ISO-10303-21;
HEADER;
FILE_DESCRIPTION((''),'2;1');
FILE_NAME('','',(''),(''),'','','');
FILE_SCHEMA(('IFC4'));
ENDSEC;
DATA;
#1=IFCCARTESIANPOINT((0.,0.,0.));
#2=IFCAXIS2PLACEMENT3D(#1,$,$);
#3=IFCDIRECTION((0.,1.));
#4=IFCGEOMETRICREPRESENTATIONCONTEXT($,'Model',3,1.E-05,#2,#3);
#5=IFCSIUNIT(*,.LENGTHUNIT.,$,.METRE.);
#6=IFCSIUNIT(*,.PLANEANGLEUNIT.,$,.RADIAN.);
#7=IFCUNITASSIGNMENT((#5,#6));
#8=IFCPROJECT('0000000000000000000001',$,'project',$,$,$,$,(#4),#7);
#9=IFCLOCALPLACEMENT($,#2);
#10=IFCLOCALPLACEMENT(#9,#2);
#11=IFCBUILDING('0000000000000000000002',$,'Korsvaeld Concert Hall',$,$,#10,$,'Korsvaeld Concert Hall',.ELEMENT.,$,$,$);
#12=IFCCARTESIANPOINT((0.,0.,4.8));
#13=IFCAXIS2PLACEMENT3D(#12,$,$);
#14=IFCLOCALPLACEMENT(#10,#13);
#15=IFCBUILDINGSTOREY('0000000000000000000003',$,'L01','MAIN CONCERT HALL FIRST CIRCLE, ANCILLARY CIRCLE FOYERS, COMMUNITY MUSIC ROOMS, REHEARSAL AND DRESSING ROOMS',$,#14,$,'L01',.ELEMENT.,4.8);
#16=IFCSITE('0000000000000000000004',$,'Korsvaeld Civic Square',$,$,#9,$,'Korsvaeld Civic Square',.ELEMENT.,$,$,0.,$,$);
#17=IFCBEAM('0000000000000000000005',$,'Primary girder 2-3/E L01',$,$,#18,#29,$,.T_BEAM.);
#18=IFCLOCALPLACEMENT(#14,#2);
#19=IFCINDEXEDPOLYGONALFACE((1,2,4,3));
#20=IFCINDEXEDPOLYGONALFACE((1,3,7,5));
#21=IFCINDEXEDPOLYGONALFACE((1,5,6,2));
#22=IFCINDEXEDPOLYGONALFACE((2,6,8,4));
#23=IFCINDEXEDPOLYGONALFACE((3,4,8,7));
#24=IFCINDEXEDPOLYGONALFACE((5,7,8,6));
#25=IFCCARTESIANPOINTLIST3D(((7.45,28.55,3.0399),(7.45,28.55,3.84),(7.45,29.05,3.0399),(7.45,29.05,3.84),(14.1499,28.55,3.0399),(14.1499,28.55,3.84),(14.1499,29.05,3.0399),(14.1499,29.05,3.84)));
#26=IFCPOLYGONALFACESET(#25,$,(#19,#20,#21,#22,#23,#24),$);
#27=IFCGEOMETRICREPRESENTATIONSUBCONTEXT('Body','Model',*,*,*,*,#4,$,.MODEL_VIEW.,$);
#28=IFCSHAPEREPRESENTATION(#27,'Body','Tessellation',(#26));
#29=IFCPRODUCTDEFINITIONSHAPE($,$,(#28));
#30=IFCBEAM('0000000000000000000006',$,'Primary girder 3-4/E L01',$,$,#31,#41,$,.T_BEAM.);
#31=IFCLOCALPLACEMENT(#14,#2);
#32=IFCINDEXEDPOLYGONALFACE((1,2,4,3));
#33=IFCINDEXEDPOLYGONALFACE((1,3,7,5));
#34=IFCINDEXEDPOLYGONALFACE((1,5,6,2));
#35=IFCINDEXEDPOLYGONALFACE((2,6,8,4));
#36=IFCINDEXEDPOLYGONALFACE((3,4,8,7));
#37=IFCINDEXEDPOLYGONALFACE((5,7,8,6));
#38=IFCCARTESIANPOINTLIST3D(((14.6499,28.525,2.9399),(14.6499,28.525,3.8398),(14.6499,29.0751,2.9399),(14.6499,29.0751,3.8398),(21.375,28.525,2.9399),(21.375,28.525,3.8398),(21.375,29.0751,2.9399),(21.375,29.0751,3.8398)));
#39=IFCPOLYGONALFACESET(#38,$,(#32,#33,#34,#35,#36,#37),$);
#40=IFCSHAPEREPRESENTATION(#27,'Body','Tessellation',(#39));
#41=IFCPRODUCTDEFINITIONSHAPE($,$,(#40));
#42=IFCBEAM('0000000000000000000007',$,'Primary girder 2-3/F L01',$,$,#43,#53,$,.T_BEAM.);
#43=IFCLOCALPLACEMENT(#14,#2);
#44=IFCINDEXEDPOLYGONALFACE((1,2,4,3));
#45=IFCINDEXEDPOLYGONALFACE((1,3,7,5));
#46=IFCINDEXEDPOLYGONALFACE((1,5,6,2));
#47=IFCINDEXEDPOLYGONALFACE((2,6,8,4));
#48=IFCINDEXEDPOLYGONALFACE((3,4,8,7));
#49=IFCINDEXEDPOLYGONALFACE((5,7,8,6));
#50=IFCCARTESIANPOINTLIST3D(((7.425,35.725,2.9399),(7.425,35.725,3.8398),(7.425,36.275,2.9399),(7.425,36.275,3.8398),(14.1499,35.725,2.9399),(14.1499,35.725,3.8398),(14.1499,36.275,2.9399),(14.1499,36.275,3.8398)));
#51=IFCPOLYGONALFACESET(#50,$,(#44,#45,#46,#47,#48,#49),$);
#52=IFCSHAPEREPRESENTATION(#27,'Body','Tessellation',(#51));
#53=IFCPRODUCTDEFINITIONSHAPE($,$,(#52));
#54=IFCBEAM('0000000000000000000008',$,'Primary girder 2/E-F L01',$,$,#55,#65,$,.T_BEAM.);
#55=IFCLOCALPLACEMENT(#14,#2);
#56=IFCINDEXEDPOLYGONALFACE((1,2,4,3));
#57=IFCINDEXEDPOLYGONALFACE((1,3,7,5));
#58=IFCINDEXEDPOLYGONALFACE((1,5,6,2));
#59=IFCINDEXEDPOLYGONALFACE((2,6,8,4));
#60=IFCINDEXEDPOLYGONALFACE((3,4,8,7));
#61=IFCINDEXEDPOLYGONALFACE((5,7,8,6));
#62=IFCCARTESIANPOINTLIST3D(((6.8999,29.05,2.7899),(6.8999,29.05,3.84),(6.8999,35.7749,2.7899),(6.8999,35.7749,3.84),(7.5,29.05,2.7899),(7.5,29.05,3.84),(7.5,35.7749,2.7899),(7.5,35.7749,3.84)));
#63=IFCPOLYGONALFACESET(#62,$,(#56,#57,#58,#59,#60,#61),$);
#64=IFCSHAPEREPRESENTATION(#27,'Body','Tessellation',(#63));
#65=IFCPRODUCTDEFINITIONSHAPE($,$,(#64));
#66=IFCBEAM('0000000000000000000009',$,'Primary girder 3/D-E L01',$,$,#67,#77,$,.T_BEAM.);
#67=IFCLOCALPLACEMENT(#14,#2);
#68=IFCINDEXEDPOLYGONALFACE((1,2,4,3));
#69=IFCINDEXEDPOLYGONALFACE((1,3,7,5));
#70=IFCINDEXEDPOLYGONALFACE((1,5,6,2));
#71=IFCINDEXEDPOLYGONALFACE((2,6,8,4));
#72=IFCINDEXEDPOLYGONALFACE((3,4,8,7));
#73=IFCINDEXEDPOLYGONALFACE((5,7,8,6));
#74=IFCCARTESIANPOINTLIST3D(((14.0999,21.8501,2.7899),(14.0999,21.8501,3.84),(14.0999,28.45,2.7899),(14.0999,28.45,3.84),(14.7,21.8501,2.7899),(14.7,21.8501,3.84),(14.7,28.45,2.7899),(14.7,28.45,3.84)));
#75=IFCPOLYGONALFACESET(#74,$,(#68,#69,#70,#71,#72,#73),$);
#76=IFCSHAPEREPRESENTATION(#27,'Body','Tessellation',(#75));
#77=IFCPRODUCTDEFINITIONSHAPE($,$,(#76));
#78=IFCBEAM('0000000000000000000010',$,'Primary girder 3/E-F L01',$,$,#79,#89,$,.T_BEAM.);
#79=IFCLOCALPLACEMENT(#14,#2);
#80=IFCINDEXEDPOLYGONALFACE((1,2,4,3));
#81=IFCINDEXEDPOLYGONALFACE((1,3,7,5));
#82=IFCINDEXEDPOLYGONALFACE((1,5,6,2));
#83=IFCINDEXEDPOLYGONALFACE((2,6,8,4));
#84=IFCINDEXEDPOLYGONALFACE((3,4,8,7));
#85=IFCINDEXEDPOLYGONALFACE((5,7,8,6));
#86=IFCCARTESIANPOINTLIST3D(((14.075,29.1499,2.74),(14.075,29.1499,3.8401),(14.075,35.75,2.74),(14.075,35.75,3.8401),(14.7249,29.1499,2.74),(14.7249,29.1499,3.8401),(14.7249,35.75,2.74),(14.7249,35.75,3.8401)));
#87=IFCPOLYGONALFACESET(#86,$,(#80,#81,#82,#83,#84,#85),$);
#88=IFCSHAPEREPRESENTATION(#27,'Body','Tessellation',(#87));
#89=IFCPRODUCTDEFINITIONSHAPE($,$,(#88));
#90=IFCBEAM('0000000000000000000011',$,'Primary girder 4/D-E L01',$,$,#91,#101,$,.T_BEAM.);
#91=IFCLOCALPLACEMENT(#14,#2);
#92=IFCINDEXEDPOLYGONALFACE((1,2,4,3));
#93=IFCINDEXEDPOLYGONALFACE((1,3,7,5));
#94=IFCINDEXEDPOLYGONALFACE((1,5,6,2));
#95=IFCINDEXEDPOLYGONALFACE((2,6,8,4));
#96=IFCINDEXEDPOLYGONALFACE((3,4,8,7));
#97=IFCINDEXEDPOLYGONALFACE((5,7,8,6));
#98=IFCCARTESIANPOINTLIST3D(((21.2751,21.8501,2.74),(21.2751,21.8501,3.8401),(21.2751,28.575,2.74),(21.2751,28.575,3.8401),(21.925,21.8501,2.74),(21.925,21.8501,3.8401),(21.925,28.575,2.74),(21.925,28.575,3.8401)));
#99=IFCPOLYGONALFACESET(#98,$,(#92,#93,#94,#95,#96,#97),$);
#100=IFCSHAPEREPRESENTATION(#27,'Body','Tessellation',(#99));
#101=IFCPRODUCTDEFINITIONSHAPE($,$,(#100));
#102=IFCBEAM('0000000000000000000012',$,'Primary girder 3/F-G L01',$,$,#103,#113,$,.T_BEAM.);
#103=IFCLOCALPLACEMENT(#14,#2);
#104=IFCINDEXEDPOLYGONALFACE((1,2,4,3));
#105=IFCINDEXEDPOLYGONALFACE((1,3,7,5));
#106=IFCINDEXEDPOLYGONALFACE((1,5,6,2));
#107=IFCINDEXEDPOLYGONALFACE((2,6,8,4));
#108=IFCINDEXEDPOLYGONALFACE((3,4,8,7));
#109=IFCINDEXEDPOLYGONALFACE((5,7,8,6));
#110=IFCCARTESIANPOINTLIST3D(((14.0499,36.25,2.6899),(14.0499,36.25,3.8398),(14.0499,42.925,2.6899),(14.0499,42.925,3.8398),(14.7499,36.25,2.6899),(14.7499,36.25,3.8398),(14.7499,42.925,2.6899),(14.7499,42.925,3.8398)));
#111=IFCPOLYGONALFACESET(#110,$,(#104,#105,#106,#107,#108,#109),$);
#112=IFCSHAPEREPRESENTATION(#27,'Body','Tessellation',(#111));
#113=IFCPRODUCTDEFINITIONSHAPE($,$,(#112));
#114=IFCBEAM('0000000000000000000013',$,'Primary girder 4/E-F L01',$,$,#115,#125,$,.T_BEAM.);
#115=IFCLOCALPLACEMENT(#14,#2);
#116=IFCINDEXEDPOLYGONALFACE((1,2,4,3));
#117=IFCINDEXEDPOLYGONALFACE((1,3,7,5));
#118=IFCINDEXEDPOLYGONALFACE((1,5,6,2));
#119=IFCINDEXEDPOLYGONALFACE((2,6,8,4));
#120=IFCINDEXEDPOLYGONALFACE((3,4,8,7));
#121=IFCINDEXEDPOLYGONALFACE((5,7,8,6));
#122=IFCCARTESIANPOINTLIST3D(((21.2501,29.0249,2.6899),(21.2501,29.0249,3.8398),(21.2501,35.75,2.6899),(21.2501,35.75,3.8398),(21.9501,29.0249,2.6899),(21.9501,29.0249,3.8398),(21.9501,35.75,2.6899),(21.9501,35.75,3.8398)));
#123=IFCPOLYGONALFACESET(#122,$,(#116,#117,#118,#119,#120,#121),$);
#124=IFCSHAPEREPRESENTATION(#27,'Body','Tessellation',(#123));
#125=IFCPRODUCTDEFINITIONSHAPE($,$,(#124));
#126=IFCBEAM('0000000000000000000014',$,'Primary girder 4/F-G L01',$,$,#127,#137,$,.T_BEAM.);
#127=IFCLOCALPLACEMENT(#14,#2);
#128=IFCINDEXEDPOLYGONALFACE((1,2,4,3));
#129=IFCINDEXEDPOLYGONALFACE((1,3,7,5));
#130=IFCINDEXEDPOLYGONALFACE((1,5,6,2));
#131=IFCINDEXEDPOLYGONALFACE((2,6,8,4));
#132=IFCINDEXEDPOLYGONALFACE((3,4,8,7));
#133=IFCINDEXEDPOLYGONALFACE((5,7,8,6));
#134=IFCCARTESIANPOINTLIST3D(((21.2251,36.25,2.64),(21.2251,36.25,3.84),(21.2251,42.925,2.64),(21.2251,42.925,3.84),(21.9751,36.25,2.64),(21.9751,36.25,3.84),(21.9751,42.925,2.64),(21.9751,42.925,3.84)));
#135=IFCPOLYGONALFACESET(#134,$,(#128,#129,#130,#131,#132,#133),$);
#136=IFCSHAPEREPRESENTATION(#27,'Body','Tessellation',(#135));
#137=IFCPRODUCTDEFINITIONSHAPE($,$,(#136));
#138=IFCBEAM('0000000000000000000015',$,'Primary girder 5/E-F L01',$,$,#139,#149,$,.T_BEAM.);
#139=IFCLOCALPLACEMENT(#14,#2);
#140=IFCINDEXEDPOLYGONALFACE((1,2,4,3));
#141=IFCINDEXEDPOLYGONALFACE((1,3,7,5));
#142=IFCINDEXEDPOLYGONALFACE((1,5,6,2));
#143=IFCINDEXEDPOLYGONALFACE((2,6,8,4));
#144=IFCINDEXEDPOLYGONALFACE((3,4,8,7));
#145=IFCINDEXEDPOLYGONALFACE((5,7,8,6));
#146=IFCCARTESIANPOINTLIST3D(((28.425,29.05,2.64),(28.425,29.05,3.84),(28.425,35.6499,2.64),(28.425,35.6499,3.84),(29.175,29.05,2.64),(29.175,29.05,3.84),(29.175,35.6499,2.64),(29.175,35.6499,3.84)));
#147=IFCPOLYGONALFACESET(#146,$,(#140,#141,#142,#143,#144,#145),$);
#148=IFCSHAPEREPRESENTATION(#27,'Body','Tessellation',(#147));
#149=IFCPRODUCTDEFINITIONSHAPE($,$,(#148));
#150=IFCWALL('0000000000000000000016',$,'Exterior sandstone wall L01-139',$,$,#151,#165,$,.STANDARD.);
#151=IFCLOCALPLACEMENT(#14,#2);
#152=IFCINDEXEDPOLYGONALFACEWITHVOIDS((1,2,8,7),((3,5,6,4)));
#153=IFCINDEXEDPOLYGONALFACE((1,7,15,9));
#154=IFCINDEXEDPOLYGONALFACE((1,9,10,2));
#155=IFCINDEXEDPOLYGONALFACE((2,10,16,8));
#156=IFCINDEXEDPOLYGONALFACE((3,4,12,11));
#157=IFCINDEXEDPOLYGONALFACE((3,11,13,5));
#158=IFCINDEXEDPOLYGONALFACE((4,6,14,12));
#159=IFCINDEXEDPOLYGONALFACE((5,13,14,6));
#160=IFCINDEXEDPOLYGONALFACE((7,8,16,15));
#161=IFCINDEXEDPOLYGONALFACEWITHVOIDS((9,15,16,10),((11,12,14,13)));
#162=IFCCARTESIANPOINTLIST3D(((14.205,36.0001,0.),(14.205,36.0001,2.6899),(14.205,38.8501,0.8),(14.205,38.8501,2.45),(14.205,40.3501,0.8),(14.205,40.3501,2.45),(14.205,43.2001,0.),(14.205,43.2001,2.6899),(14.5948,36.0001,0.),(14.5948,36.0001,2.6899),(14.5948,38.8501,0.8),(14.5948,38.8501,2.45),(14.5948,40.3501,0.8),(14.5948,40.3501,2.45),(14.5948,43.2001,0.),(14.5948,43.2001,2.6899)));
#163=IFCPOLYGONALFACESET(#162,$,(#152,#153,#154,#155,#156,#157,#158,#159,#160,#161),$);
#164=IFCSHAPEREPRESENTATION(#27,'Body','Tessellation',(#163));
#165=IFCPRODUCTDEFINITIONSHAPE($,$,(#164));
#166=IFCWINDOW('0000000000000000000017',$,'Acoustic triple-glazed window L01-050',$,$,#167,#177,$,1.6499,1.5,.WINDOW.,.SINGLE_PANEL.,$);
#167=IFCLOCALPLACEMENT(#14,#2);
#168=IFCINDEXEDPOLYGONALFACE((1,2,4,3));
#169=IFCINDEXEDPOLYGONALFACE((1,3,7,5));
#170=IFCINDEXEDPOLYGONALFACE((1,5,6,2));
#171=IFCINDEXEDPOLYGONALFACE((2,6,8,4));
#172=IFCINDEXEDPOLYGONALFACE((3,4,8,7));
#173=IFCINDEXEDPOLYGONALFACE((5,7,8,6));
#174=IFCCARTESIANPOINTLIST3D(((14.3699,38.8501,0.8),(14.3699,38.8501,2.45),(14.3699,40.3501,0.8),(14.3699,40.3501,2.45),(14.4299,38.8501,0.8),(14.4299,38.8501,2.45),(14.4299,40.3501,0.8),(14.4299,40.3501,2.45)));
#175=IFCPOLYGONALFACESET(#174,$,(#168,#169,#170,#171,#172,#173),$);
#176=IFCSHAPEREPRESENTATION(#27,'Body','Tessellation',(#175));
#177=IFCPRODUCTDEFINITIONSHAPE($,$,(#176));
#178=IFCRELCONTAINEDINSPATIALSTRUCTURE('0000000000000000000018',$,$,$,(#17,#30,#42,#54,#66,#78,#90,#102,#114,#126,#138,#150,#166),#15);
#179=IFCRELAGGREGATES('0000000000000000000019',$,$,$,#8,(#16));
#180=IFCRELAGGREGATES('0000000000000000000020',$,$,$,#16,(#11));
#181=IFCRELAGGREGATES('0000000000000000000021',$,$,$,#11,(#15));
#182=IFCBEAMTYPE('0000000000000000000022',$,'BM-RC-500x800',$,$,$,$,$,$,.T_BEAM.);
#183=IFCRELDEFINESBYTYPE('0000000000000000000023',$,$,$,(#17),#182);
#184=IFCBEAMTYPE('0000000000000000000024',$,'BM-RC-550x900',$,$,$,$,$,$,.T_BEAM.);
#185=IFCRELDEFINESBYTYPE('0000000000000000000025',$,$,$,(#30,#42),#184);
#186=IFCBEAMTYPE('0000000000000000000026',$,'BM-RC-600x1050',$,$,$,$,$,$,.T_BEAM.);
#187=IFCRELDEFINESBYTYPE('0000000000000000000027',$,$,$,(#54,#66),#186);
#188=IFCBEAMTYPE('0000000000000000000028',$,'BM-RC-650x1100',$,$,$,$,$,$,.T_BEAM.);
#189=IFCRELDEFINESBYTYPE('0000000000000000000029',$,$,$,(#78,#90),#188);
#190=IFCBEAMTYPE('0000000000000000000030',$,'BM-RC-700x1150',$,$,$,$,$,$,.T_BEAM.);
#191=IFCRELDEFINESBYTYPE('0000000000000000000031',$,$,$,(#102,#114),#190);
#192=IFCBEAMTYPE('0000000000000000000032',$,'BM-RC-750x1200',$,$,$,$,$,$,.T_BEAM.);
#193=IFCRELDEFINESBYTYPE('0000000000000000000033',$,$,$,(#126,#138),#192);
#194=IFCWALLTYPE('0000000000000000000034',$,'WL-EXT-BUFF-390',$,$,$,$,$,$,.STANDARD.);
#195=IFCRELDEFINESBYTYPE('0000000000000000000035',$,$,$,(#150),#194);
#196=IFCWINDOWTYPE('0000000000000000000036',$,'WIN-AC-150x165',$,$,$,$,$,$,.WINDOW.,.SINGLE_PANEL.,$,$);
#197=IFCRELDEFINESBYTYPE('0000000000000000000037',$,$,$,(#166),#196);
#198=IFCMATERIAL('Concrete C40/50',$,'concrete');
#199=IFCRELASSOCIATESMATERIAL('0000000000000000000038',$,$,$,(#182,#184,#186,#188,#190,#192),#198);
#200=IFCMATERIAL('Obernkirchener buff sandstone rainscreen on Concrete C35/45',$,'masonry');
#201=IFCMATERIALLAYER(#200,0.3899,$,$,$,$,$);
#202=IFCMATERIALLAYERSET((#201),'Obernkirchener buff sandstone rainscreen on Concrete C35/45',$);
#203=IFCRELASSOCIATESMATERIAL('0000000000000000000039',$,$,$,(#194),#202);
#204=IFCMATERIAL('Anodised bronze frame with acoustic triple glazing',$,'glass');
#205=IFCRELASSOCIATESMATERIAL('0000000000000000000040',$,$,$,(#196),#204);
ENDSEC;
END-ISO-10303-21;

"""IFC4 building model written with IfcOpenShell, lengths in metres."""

from ifc_helpers import new_model, si_unit, direction, frame, frame_2d, origin, origin_2d, place, context, subcontext, project, spatial, rectangle, extrude, material, layer, layer_set, material_profile, profile_set, type_object, element, fill, save


model = new_model("IFC4")

# Units and contexts
model_context = context("Model", 3, precision=1e-05, world=origin(), true_north=direction((0.0, 1.0)))
body_context = subcontext(model_context, "Body", "Model", "MODEL_VIEW")
ifc_project = project(units=[si_unit("LENGTHUNIT", "METRE"), si_unit("PLANEANGLEUNIT", "RADIAN")], contexts=[model_context])

# Site, building, storey
site_placement = place(None, origin())
site = spatial("IfcSite", under=ifc_project, at=site_placement, Name="Korsvaeld Civic Square", LongName="Korsvaeld Civic Square", CompositionType="ELEMENT", RefElevation=0.0)
building_placement = place(site_placement, origin())
building = spatial("IfcBuilding", under=site, at=building_placement, Name="Korsvaeld Concert Hall", LongName="Korsvaeld Concert Hall", CompositionType="ELEMENT")
storey_placement = place(building_placement, frame((0.0, 0.0, 4.8)))
storey = spatial("IfcBuildingStorey", under=building, at=storey_placement, Name="L01", Description="MAIN CONCERT HALL FIRST CIRCLE, ANCILLARY CIRCLE FOYERS, COMMUNITY MUSIC ROOMS, REHEARSAL AND DRESSING ROOMS", LongName="L01", CompositionType="ELEMENT", Elevation=4.8)

# Shared definitions
ifc_material_1 = material(Name="Concrete C40/50", Category="concrete")

# Beams
ifc_material_profile_1 = material_profile(ifc_material_1, rectangle(XDim=0.5, YDim=0.8, at=origin_2d()), Name="RC 500x800")
ifc_profile_set_1 = profile_set([ifc_material_profile_1], Name="Concrete C40/50")
beam_type_1 = type_object("IfcBeamType", Name="BM-RC-500x800", PredefinedType="T_BEAM", material=ifc_profile_set_1)
beam_1_placement = place(storey_placement, frame((7.45, 28.8, 3.4399), z_axis=(1.0, 0.0, 0.0), x_axis=(0.0, 1.0, 0.0)))
element("IfcBeam", 1, at=beam_1_placement, inside=storey, type_object=beam_type_1, Name="Primary girder 2-3/E L01", PredefinedType="T_BEAM", context=body_context, shape_type="SweptSolid", body=[
    extrude(rectangle(XDim=0.5, YDim=0.8, at=origin_2d()), origin(), (0.0, 0.0, 1.0), 6.7),
])
ifc_material_profile_2 = material_profile(ifc_material_1, rectangle(XDim=0.55, YDim=0.8999, at=origin_2d()), Name="RC 550x900")
ifc_profile_set_2 = profile_set([ifc_material_profile_2], Name="Concrete C40/50")
beam_type_2 = type_object("IfcBeamType", Name="BM-RC-550x900", PredefinedType="T_BEAM", material=ifc_profile_set_2)
beam_2_placement = place(storey_placement, frame((14.6499, 28.8, 3.3899), z_axis=(1.0, 0.0, 0.0), x_axis=(0.0, 1.0, 0.0)))
element("IfcBeam", 2, at=beam_2_placement, inside=storey, type_object=beam_type_2, Name="Primary girder 3-4/E L01", PredefinedType="T_BEAM", context=body_context, shape_type="SweptSolid", body=[
    extrude(rectangle(XDim=0.55, YDim=0.8999, at=origin_2d()), origin(), (0.0, 0.0, 1.0), 6.7251),
])
beam_3_placement = place(storey_placement, frame((7.425, 36.0, 3.3899), z_axis=(1.0, 0.0, 0.0), x_axis=(0.0, 1.0, 0.0)))
element("IfcBeam", 3, at=beam_3_placement, inside=storey, type_object=beam_type_2, Name="Primary girder 2-3/F L01", PredefinedType="T_BEAM", context=body_context, shape_type="SweptSolid", body=[
    extrude(rectangle(XDim=0.55, YDim=0.8999, at=origin_2d()), origin(), (0.0, 0.0, 1.0), 6.7249),
])
ifc_material_profile_3 = material_profile(ifc_material_1, rectangle(XDim=0.6001, YDim=1.05, at=origin_2d()), Name="RC 600x1050")
ifc_profile_set_3 = profile_set([ifc_material_profile_3], Name="Concrete C40/50")
beam_type_3 = type_object("IfcBeamType", Name="BM-RC-600x1050", PredefinedType="T_BEAM", material=ifc_profile_set_3)
beam_4_placement = place(storey_placement, frame((7.2, 29.05, 3.3149), z_axis=(0.0, 1.0, 0.0), x_axis=(-1.0, 0.0, 0.0)))
element("IfcBeam", 4, at=beam_4_placement, inside=storey, type_object=beam_type_3, Name="Primary girder 2/E-F L01", PredefinedType="T_BEAM", context=body_context, shape_type="SweptSolid", body=[
    extrude(rectangle(XDim=0.6001, YDim=1.05, at=origin_2d()), origin(), (0.0, 0.0, 1.0), 6.7249),
])
beam_5_placement = place(storey_placement, frame((14.3999, 21.8501, 3.3149), z_axis=(0.0, 1.0, 0.0), x_axis=(-1.0, 0.0, 0.0)))
element("IfcBeam", 5, at=beam_5_placement, inside=storey, type_object=beam_type_3, Name="Primary girder 3/D-E L01", PredefinedType="T_BEAM", context=body_context, shape_type="SweptSolid", body=[
    extrude(rectangle(XDim=0.6001, YDim=1.05, at=origin_2d()), origin(), (0.0, 0.0, 1.0), 6.5999),
])
ifc_material_profile_4 = material_profile(ifc_material_1, rectangle(XDim=0.6499, YDim=1.1001, at=origin_2d()), Name="RC 650x1100")
ifc_profile_set_4 = profile_set([ifc_material_profile_4], Name="Concrete C40/50")
beam_type_4 = type_object("IfcBeamType", Name="BM-RC-650x1100", PredefinedType="T_BEAM", material=ifc_profile_set_4)
beam_6_placement = place(storey_placement, frame((14.3999, 29.1499, 3.29), z_axis=(0.0, 1.0, 0.0), x_axis=(-1.0, 0.0, 0.0)))
element("IfcBeam", 6, at=beam_6_placement, inside=storey, type_object=beam_type_4, Name="Primary girder 3/E-F L01", PredefinedType="T_BEAM", context=body_context, shape_type="SweptSolid", body=[
    extrude(rectangle(XDim=0.6499, YDim=1.1001, at=origin_2d()), origin(), (0.0, 0.0, 1.0), 6.6001),
])
beam_7_placement = place(storey_placement, frame((21.6001, 21.8501, 3.29), z_axis=(0.0, 1.0, 0.0), x_axis=(-1.0, 0.0, 0.0)))
element("IfcBeam", 7, at=beam_7_placement, inside=storey, type_object=beam_type_4, Name="Primary girder 4/D-E L01", PredefinedType="T_BEAM", context=body_context, shape_type="SweptSolid", body=[
    extrude(rectangle(XDim=0.6499, YDim=1.1001, at=origin_2d()), origin(), (0.0, 0.0, 1.0), 6.7249),
])
ifc_material_profile_5 = material_profile(ifc_material_1, rectangle(XDim=0.7, YDim=1.1499, at=origin_2d()), Name="RC 700x1150")
ifc_profile_set_5 = profile_set([ifc_material_profile_5], Name="Concrete C40/50")
beam_type_5 = type_object("IfcBeamType", Name="BM-RC-700x1150", PredefinedType="T_BEAM", material=ifc_profile_set_5)
beam_8_placement = place(storey_placement, frame((14.3999, 36.25, 3.2649), z_axis=(0.0, 1.0, 0.0), x_axis=(-1.0, 0.0, 0.0)))
element("IfcBeam", 8, at=beam_8_placement, inside=storey, type_object=beam_type_5, Name="Primary girder 3/F-G L01", PredefinedType="T_BEAM", context=body_context, shape_type="SweptSolid", body=[
    extrude(rectangle(XDim=0.7, YDim=1.1499, at=origin_2d()), origin(), (0.0, 0.0, 1.0), 6.675),
])
beam_9_placement = place(storey_placement, frame((21.6001, 29.0249, 3.2649), z_axis=(0.0, 1.0, 0.0), x_axis=(-1.0, 0.0, 0.0)))
element("IfcBeam", 9, at=beam_9_placement, inside=storey, type_object=beam_type_5, Name="Primary girder 4/E-F L01", PredefinedType="T_BEAM", context=body_context, shape_type="SweptSolid", body=[
    extrude(rectangle(XDim=0.7, YDim=1.1499, at=origin_2d()), origin(), (0.0, 0.0, 1.0), 6.7251),
])
ifc_material_profile_6 = material_profile(ifc_material_1, rectangle(XDim=0.75, YDim=1.2, at=origin_2d()), Name="RC 750x1200")
ifc_profile_set_6 = profile_set([ifc_material_profile_6], Name="Concrete C40/50")
beam_type_6 = type_object("IfcBeamType", Name="BM-RC-750x1200", PredefinedType="T_BEAM", material=ifc_profile_set_6)
beam_10_placement = place(storey_placement, frame((21.6001, 36.25, 3.24), z_axis=(0.0, 1.0, 0.0), x_axis=(-1.0, 0.0, 0.0)))
element("IfcBeam", 10, at=beam_10_placement, inside=storey, type_object=beam_type_6, Name="Primary girder 4/F-G L01", PredefinedType="T_BEAM", context=body_context, shape_type="SweptSolid", body=[
    extrude(rectangle(XDim=0.75, YDim=1.2, at=origin_2d()), origin(), (0.0, 0.0, 1.0), 6.675),
])
beam_11_placement = place(storey_placement, frame((28.8, 29.05, 3.24), z_axis=(0.0, 1.0, 0.0), x_axis=(-1.0, 0.0, 0.0)))
element("IfcBeam", 11, at=beam_11_placement, inside=storey, type_object=beam_type_6, Name="Primary girder 5/E-F L01", PredefinedType="T_BEAM", context=body_context, shape_type="SweptSolid", body=[
    extrude(rectangle(XDim=0.75, YDim=1.2, at=origin_2d()), origin(), (0.0, 0.0, 1.0), 6.5999),
])

# Wall, opening, window
ifc_material_2 = material(Name="Obernkirchener buff sandstone rainscreen on Concrete C35/45", Category="masonry")
ifc_layer_1 = layer(ifc_material_2, 0.3899)
ifc_layer_set_1 = layer_set([ifc_layer_1], Name="Obernkirchener buff sandstone rainscreen on Concrete C35/45")
wall_type_1 = type_object("IfcWallType", Name="WL-EXT-BUFF-390", PredefinedType="STANDARD", material=ifc_layer_set_1)
wall_1_placement = place(storey_placement, frame((14.3999, 36.0, 0.0), z_axis=(0.0, 0.0, 1.0), x_axis=(0.0, 1.0, 0.0)))
wall_1 = element("IfcWall", 12, at=wall_1_placement, inside=storey, type_object=wall_type_1, Name="Exterior sandstone wall L01-139", PredefinedType="STANDARD", context=body_context, shape_type="SweptSolid", body=[
    extrude(rectangle(XDim=7.2, YDim=0.3899, at=frame_2d((3.6001, 0.0))), origin(), (0.0, 0.0, 1.0), 2.6899),
])
opening_1_placement = place(wall_1_placement, frame((2.8501, 0.0, 0.8)))
opening_1 = element("IfcOpeningElement", 13, at=opening_1_placement, cuts=wall_1, PredefinedType="OPENING", context=body_context, shape_type="SweptSolid", body=[
    extrude(rectangle(XDim=1.5, YDim=1.6499, at=frame_2d((0.75, 0.825))), frame((0.0, 0.2051, 0.0), z_axis=(0.0, -1.0, 0.0), x_axis=(1.0, 0.0, 0.0)), (0.0, 0.0, 1.0), 0.4099),
])
ifc_material_3 = material(Name="Anodised bronze frame with acoustic triple glazing", Category="glass")
window_type_1 = type_object("IfcWindowType", Name="WIN-AC-150x165", PartitioningType="SINGLE_PANEL", PredefinedType="WINDOW", material=ifc_material_3)
window_1_placement = place(opening_1_placement, origin())
window_1 = element("IfcWindow", 14, at=window_1_placement, inside=storey, type_object=window_type_1, Name="Acoustic triple-glazed window L01-050", OverallHeight=1.6499, OverallWidth=1.5, PartitioningType="SINGLE_PANEL", PredefinedType="WINDOW", context=body_context, shape_type="SweptSolid", body=[
    extrude(rectangle(XDim=1.5, YDim=1.6499, at=frame_2d((0.75, 0.825))), frame((0.0, 0.03, 0.0), z_axis=(0.0, -1.0, 0.0), x_axis=(1.0, 0.0, 0.0)), (0.0, 0.0, 1.0), 0.0601),
])
fill(opening_1, window_1)

save(model, "model.ifc")
